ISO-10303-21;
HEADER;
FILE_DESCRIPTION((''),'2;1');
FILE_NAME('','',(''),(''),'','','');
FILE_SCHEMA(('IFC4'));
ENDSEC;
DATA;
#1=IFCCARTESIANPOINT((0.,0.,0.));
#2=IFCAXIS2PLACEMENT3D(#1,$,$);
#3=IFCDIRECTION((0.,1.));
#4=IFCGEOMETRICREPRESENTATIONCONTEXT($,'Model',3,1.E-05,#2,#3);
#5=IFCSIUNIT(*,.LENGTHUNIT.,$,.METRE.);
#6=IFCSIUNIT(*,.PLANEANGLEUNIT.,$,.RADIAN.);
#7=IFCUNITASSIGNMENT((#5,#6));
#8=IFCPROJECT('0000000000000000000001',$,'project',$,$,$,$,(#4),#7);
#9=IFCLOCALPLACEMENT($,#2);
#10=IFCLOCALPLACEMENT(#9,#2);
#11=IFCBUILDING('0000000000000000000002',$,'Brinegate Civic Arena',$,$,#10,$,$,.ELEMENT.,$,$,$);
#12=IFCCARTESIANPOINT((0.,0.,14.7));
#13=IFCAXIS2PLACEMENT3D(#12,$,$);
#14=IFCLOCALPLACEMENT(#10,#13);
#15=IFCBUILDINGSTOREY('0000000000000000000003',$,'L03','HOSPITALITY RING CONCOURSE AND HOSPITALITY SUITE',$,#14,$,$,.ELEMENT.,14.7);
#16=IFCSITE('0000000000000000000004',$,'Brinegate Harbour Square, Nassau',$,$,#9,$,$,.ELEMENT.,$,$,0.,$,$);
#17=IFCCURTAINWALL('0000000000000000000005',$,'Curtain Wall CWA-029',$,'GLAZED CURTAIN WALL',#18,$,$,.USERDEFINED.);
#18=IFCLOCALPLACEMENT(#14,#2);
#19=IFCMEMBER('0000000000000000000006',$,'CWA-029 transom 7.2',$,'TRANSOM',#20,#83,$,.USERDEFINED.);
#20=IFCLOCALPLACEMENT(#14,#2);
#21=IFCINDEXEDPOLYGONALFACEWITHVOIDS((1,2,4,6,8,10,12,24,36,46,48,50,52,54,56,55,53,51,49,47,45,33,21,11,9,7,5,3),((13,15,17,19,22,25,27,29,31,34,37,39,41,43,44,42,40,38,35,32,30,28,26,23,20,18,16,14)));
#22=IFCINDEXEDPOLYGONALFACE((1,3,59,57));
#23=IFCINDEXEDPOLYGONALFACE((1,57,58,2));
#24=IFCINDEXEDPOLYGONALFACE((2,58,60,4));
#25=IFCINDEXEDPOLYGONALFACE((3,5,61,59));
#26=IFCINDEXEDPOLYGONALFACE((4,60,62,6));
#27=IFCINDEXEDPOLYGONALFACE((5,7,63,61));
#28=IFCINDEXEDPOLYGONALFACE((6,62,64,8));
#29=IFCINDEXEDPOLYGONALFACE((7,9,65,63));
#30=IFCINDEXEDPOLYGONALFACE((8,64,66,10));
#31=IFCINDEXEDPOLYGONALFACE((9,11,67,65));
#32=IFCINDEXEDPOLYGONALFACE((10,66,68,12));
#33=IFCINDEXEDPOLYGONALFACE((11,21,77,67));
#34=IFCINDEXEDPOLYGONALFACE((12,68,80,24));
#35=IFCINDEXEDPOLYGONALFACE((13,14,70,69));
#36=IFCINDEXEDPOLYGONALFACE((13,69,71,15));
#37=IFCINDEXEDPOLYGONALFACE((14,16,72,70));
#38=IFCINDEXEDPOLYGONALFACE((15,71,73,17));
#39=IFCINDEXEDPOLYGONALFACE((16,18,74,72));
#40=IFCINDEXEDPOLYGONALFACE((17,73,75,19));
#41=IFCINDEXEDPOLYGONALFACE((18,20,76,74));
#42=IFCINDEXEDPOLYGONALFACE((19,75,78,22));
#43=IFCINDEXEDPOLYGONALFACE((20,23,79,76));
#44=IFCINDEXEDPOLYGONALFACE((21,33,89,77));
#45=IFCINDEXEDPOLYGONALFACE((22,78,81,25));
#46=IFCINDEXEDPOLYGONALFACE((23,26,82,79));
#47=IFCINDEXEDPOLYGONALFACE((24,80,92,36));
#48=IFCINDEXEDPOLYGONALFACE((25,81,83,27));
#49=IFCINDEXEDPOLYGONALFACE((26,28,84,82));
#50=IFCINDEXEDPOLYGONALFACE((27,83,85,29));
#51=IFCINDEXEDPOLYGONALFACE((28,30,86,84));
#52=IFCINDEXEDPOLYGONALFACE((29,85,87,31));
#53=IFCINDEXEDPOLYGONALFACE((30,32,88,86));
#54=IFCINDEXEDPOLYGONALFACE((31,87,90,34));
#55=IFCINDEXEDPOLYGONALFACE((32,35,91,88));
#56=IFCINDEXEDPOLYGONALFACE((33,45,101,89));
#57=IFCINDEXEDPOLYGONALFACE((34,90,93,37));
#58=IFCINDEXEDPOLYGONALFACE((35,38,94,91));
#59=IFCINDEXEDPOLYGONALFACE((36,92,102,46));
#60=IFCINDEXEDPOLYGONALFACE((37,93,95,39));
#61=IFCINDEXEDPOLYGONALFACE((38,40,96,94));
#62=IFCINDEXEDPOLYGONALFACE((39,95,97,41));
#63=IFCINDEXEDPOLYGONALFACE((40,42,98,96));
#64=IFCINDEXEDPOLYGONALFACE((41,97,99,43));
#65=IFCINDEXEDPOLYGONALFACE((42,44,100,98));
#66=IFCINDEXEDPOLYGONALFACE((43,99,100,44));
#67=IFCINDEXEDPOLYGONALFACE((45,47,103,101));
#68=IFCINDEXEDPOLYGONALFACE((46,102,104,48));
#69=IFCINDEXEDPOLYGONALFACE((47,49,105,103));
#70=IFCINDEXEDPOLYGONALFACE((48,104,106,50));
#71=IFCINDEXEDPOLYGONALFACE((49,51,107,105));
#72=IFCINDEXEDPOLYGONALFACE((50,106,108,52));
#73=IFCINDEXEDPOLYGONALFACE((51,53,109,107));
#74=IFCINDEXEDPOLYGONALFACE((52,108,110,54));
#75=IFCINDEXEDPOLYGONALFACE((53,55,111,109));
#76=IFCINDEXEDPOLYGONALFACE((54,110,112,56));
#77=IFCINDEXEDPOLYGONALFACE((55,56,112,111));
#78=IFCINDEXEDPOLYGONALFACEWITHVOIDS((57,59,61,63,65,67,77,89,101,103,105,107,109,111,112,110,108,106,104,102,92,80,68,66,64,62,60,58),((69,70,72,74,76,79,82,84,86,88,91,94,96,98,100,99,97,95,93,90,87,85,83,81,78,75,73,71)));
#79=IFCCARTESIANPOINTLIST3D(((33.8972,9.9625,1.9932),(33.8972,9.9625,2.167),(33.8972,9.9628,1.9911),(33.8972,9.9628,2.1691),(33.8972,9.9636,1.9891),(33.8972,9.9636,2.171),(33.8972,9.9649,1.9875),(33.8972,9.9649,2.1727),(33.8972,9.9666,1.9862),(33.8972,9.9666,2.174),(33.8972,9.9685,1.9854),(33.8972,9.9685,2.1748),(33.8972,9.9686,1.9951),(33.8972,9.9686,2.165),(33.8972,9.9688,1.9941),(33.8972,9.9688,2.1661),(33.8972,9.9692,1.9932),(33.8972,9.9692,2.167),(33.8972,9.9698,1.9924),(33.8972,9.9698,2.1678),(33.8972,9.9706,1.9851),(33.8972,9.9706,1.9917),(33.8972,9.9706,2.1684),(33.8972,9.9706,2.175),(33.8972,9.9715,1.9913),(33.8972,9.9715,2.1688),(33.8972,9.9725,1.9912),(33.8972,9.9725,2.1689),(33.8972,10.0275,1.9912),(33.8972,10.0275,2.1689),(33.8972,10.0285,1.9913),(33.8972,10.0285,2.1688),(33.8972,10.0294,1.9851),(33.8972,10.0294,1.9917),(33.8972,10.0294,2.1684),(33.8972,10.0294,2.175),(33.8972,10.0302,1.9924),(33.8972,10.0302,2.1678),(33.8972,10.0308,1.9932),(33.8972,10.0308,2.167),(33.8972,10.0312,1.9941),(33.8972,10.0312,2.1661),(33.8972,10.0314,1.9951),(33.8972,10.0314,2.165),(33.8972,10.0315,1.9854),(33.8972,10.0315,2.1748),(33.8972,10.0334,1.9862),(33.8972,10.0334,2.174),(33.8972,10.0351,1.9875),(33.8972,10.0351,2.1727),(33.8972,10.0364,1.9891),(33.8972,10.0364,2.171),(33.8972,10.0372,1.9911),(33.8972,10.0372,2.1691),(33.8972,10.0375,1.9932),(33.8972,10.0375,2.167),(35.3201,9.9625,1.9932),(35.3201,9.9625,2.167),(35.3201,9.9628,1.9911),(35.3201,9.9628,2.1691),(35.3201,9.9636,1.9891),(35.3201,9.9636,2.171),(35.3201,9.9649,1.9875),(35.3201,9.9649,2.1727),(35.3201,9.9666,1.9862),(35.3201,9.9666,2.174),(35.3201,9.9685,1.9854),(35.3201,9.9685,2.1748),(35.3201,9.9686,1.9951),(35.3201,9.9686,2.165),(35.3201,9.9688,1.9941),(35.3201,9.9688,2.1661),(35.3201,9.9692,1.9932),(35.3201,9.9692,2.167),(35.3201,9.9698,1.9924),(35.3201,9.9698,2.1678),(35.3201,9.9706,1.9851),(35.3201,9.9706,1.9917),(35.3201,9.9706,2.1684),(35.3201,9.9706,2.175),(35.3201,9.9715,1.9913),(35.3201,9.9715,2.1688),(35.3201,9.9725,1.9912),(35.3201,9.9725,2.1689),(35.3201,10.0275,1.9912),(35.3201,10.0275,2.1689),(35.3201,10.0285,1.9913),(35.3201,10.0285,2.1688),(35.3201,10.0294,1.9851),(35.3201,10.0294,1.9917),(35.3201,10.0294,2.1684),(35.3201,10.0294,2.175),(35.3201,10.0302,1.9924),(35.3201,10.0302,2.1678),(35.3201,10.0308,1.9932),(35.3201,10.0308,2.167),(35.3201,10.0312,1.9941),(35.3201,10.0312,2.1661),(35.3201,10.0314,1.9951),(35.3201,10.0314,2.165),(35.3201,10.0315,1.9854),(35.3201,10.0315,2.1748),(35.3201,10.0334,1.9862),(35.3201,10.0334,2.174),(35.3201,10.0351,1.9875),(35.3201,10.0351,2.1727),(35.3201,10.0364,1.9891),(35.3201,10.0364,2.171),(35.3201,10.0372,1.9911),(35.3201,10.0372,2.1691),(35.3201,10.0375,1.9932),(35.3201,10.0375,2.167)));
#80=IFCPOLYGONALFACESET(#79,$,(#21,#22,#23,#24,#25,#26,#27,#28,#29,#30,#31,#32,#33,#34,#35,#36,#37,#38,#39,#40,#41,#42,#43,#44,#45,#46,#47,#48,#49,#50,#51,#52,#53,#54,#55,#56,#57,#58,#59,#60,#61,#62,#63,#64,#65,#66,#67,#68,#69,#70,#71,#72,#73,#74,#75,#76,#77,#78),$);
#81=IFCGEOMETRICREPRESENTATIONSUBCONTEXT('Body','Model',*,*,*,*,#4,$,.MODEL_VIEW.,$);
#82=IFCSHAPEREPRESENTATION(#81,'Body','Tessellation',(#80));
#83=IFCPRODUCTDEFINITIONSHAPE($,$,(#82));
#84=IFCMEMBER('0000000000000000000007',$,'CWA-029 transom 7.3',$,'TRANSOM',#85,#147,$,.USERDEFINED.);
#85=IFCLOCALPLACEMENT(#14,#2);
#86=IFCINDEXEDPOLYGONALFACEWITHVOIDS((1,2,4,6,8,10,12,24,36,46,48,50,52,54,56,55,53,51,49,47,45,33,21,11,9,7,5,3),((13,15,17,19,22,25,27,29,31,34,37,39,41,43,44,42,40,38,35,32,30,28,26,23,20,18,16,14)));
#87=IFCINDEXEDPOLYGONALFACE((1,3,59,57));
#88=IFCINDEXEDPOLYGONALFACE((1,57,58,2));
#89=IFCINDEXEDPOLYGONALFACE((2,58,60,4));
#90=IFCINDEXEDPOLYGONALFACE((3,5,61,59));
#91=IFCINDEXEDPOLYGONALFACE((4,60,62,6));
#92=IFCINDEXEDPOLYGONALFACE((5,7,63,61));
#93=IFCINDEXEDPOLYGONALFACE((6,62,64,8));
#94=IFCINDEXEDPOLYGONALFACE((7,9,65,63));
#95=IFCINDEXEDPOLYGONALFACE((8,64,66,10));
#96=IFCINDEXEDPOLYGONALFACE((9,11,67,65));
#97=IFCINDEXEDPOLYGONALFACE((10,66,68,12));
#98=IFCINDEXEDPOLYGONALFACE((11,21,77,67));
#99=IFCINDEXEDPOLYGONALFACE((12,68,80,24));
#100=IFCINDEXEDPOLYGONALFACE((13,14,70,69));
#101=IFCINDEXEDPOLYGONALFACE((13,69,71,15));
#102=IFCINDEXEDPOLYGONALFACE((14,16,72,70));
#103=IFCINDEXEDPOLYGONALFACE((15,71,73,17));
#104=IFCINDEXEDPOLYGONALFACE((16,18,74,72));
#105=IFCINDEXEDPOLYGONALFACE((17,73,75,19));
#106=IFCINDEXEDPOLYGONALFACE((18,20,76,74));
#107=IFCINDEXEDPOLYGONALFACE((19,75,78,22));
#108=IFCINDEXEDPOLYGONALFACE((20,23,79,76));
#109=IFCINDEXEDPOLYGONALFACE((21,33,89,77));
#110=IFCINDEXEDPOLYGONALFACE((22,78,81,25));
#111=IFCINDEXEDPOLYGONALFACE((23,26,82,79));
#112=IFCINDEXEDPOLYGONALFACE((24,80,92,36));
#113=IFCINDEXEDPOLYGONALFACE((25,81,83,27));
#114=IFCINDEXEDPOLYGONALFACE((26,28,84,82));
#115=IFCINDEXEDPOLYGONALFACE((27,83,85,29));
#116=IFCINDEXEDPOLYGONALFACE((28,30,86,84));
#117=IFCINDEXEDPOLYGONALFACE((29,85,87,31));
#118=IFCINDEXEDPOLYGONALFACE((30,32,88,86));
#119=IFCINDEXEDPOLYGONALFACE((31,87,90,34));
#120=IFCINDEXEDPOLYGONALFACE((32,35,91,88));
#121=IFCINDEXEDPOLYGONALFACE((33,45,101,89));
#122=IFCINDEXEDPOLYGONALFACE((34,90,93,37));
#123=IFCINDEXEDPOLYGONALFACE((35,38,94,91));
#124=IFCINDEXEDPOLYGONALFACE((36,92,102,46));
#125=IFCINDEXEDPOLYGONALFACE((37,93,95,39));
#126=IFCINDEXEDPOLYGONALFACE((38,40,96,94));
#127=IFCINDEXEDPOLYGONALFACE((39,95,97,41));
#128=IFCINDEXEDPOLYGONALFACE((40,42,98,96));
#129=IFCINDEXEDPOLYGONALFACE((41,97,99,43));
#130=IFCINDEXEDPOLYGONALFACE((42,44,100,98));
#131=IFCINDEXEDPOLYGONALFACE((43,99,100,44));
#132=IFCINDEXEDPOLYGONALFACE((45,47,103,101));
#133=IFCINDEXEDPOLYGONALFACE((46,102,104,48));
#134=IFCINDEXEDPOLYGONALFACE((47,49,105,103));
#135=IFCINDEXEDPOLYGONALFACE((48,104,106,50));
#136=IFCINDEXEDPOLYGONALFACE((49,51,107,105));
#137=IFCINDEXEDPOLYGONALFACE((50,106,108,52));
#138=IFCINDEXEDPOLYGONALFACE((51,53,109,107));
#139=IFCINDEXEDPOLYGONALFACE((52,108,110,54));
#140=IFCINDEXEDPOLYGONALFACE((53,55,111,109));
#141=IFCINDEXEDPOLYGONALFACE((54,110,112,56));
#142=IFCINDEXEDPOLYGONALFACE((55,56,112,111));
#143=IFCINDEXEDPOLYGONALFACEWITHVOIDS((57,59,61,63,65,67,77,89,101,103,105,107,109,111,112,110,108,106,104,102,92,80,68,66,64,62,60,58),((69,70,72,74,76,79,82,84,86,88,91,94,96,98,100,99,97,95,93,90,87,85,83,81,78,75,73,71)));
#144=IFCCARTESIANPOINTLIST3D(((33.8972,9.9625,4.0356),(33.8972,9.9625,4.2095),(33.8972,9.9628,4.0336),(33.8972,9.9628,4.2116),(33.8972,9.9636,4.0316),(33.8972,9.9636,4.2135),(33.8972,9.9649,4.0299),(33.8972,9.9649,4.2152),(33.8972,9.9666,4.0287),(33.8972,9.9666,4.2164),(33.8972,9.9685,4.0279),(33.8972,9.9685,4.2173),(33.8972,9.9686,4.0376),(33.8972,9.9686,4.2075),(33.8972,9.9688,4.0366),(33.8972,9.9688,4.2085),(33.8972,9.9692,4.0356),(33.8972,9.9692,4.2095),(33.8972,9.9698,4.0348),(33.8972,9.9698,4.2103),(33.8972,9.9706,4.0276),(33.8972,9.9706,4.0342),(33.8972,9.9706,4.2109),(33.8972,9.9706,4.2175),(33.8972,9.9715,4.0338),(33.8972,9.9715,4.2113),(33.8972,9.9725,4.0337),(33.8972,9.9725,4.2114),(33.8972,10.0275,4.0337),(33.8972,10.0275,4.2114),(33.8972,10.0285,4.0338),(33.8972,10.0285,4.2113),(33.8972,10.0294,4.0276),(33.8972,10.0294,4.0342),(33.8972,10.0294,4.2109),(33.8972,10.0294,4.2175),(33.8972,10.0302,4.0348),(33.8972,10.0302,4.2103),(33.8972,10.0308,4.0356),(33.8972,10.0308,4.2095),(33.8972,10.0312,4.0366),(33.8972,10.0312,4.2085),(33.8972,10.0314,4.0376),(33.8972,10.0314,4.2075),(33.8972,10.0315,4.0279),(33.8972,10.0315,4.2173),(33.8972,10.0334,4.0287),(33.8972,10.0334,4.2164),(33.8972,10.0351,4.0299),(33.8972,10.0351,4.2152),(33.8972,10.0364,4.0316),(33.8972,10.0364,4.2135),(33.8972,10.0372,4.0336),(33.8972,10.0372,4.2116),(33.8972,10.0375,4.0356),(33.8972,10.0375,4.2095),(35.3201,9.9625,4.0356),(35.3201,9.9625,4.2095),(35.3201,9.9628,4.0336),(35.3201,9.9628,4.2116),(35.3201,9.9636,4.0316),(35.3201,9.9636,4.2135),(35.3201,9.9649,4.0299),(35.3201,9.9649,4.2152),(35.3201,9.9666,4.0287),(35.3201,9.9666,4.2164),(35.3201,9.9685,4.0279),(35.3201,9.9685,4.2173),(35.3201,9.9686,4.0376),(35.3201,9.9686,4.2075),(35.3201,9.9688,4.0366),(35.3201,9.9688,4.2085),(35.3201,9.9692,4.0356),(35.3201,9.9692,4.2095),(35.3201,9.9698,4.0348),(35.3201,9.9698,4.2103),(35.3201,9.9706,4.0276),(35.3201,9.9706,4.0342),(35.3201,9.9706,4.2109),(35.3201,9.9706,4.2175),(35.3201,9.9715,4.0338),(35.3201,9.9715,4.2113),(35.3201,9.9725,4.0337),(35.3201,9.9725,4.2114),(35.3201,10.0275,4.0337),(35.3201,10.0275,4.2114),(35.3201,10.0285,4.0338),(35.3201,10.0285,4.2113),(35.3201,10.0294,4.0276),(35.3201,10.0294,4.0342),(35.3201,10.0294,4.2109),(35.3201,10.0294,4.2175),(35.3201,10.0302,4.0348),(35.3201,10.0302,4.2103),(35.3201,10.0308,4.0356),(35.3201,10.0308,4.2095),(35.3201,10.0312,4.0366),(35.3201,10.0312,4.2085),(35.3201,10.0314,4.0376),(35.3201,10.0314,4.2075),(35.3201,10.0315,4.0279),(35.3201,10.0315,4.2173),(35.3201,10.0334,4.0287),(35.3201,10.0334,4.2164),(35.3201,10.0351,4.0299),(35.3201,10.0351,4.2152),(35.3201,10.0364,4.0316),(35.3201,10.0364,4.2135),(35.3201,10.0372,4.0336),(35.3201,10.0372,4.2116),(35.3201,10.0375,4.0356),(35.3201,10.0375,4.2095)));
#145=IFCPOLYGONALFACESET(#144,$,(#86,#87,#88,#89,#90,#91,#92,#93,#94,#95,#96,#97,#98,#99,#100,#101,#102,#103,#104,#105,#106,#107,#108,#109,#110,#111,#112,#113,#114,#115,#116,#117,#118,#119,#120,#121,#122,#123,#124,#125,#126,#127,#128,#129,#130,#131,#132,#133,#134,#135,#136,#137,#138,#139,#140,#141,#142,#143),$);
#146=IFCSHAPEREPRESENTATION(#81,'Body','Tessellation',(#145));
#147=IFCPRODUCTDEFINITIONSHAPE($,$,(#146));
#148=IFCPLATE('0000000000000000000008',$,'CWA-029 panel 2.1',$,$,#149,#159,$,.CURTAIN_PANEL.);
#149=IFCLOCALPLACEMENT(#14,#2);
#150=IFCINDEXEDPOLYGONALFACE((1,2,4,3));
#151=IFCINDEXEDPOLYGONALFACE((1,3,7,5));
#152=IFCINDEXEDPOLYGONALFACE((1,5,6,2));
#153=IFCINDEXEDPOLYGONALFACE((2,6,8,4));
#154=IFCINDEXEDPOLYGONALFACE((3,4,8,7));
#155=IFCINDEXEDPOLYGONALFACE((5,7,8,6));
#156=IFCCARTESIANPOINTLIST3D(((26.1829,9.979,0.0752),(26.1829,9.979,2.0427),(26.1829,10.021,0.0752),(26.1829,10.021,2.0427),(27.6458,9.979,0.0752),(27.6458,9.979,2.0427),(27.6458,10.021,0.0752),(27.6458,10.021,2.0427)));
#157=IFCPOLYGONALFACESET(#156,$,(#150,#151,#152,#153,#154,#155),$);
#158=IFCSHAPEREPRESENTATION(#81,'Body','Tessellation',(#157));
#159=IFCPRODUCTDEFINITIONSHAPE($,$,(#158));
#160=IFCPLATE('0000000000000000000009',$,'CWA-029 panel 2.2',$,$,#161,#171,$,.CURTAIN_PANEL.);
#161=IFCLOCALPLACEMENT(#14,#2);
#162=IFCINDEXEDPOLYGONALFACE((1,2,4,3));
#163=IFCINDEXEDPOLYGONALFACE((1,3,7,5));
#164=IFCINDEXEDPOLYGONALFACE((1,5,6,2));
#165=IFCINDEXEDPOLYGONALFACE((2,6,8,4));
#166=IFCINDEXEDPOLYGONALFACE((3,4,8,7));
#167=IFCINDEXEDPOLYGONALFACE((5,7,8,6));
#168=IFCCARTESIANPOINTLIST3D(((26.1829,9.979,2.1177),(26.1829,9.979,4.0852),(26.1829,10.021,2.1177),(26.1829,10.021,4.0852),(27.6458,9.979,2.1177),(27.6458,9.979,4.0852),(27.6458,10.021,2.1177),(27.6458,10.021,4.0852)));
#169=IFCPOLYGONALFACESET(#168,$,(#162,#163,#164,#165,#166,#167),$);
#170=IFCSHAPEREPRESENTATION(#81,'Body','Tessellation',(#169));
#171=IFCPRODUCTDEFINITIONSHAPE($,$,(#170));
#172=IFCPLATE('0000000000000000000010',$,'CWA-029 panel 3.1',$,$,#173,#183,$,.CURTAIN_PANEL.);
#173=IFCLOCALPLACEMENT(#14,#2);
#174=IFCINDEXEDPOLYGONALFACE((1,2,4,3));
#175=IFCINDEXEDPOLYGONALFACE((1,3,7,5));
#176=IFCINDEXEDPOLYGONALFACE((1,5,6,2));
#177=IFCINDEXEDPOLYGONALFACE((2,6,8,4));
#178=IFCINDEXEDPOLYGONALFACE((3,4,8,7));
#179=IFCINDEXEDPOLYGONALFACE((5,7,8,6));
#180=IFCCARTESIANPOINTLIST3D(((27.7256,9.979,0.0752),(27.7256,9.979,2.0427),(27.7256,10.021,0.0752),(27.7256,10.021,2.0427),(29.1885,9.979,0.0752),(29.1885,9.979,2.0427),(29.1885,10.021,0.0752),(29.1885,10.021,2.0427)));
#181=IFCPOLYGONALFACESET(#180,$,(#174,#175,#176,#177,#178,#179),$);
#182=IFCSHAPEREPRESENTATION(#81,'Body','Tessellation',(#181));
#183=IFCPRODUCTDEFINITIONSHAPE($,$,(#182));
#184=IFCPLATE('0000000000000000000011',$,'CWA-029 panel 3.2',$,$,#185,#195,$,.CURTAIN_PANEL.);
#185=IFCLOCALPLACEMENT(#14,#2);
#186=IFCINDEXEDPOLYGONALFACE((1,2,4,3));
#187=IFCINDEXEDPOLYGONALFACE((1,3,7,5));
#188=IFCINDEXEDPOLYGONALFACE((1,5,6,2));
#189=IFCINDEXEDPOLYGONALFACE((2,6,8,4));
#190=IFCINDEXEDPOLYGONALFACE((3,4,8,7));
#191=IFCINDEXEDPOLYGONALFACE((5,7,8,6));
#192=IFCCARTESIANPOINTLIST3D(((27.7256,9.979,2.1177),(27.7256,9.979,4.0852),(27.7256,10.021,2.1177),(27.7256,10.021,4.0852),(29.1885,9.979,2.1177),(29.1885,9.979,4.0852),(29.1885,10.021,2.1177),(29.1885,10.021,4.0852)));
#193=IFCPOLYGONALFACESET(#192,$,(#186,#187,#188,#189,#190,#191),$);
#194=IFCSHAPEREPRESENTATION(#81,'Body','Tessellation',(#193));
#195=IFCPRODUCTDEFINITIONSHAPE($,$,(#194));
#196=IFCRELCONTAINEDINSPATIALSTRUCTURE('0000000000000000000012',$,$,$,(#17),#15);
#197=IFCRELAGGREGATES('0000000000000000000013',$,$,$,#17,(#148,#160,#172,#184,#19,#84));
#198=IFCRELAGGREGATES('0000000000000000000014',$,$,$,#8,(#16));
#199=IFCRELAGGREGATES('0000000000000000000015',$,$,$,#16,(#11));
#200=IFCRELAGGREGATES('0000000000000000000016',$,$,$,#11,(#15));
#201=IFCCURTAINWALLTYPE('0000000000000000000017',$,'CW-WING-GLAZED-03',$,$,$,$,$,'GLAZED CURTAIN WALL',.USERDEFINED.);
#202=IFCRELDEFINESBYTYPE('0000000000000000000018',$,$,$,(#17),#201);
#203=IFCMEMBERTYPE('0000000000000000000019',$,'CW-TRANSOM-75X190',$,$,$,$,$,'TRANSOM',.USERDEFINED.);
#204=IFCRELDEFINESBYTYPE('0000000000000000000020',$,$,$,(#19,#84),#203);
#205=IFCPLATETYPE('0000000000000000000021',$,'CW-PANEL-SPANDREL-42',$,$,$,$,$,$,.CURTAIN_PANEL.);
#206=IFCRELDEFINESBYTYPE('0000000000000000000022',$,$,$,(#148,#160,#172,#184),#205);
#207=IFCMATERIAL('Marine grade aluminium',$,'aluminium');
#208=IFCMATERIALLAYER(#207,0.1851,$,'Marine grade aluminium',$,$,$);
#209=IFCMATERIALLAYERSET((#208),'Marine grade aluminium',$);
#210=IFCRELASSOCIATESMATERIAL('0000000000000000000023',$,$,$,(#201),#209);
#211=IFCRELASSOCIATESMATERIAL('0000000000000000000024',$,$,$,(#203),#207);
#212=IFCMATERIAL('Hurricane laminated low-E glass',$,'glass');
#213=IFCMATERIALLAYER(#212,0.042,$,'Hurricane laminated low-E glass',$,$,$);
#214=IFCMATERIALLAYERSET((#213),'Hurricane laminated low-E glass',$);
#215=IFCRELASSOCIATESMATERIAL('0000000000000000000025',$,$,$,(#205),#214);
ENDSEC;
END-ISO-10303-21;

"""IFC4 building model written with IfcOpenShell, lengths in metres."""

from ifc_helpers import new_model, si_unit, direction, frame, origin, origin_2d, place, context, subcontext, project, spatial, rectangle, hollow_rectangle, extrude, material, layer, layer_set, material_profile, profile_set, type_object, element, aggregate, save


model = new_model("IFC4")

# Units and contexts
model_context = context("Model", 3, precision=1e-05, world=origin(), true_north=direction((0.0, 1.0)))
body_context = subcontext(model_context, "Body", "Model", "MODEL_VIEW")
ifc_project = project(units=[si_unit("LENGTHUNIT", "METRE"), si_unit("PLANEANGLEUNIT", "RADIAN")], contexts=[model_context])

# Site, building, storey
site_placement = place(None, origin())
site = spatial("IfcSite", under=ifc_project, at=site_placement, Name="Brinegate Harbour Square, Nassau", CompositionType="ELEMENT", RefElevation=0.0)
building_placement = place(site_placement, origin())
building = spatial("IfcBuilding", under=site, at=building_placement, Name="Brinegate Civic Arena", CompositionType="ELEMENT")
storey_placement = place(building_placement, frame((0.0, 0.0, 14.7)))
storey = spatial("IfcBuildingStorey", under=building, at=storey_placement, Name="L03", Description="HOSPITALITY RING CONCOURSE AND HOSPITALITY SUITE", CompositionType="ELEMENT", Elevation=14.7)

# Curtain wall, members, plates
ifc_material_1 = material(Name="Marine grade aluminium", Category="aluminium")
ifc_layer_1 = layer(ifc_material_1, 0.1851, Name="Marine grade aluminium")
ifc_layer_set_1 = layer_set([ifc_layer_1], Name="Marine grade aluminium")
curtain_wall_type = type_object("IfcCurtainWallType", Name="CW-WING-GLAZED-03", ElementType="GLAZED CURTAIN WALL", PredefinedType="USERDEFINED", material=ifc_layer_set_1)
curtain_wall_placement = place(storey_placement, origin())
curtain_wall = element("IfcCurtainWall", 1, at=curtain_wall_placement, inside=storey, type_object=curtain_wall_type, Name="Curtain Wall CWA-029", ObjectType="GLAZED CURTAIN WALL", PredefinedType="USERDEFINED")
ifc_material_profile_1 = material_profile(ifc_material_1, hollow_rectangle(XDim=0.075, YDim=0.1899, WallThickness=0.0061, InnerFilletRadius=0.0039, OuterFilletRadius=0.0081, at=origin_2d()), Name="TRN75X190")
ifc_profile_set_1 = profile_set([ifc_material_profile_1], Name="Marine grade aluminium")
member_type_1 = type_object("IfcMemberType", Name="CW-TRANSOM-75X190", ElementType="TRANSOM", PredefinedType="USERDEFINED", material=ifc_profile_set_1)
member_1_placement = place(storey_placement, frame((33.8972, 10.0, 2.0801), z_axis=(1.0, 0.0, 0.0), x_axis=(0.0, 1.0, 0.0)))
member_1 = element("IfcMember", 2, at=member_1_placement, type_object=member_type_1, Name="CWA-029 transom 7.2", ObjectType="TRANSOM", PredefinedType="USERDEFINED", context=body_context, shape_type="SweptSolid", body=[
    extrude(hollow_rectangle(XDim=0.075, YDim=0.1899, WallThickness=0.0061, InnerFilletRadius=0.0039, OuterFilletRadius=0.0081, at=origin_2d()), origin(), (0.0, 0.0, 1.0), 1.4229),
])
member_2_placement = place(storey_placement, frame((33.8972, 10.0, 4.1226), z_axis=(1.0, 0.0, 0.0), x_axis=(0.0, 1.0, 0.0)))
member_2 = element("IfcMember", 3, at=member_2_placement, type_object=member_type_1, Name="CWA-029 transom 7.3", ObjectType="TRANSOM", PredefinedType="USERDEFINED", context=body_context, shape_type="SweptSolid", body=[
    extrude(hollow_rectangle(XDim=0.075, YDim=0.1899, WallThickness=0.0061, InnerFilletRadius=0.0039, OuterFilletRadius=0.0081, at=origin_2d()), origin(), (0.0, 0.0, 1.0), 1.4229),
])
ifc_material_2 = material(Name="Hurricane laminated low-E glass", Category="glass")
ifc_layer_2 = layer(ifc_material_2, 0.042, Name="Hurricane laminated low-E glass")
ifc_layer_set_2 = layer_set([ifc_layer_2], Name="Hurricane laminated low-E glass")
plate_type = type_object("IfcPlateType", Name="CW-PANEL-SPANDREL-42", PredefinedType="CURTAIN_PANEL", material=ifc_layer_set_2)
plate_1_placement = place(storey_placement, frame((26.9143, 10.0, 0.0752), z_axis=(0.0, 0.0, 1.0), x_axis=(1.0, 0.0, 0.0)))
plate_1 = element("IfcPlate", 4, at=plate_1_placement, type_object=plate_type, Name="CWA-029 panel 2.1", PredefinedType="CURTAIN_PANEL", context=body_context, shape_type="SweptSolid", body=[
    extrude(rectangle(XDim=1.4629, YDim=0.042, at=origin_2d()), origin(), (0.0, 0.0, 1.0), 1.9675),
])
plate_2_placement = place(storey_placement, frame((26.9143, 10.0, 2.1177), z_axis=(0.0, 0.0, 1.0), x_axis=(1.0, 0.0, 0.0)))
plate_2 = element("IfcPlate", 5, at=plate_2_placement, type_object=plate_type, Name="CWA-029 panel 2.2", PredefinedType="CURTAIN_PANEL", context=body_context, shape_type="SweptSolid", body=[
    extrude(rectangle(XDim=1.4629, YDim=0.042, at=origin_2d()), origin(), (0.0, 0.0, 1.0), 1.9675),
])
plate_3_placement = place(storey_placement, frame((28.457, 10.0, 0.0752), z_axis=(0.0, 0.0, 1.0), x_axis=(1.0, 0.0, 0.0)))
plate_3 = element("IfcPlate", 6, at=plate_3_placement, type_object=plate_type, Name="CWA-029 panel 3.1", PredefinedType="CURTAIN_PANEL", context=body_context, shape_type="SweptSolid", body=[
    extrude(rectangle(XDim=1.4629, YDim=0.042, at=origin_2d()), origin(), (0.0, 0.0, 1.0), 1.9675),
])
plate_4_placement = place(storey_placement, frame((28.457, 10.0, 2.1177), z_axis=(0.0, 0.0, 1.0), x_axis=(1.0, 0.0, 0.0)))
plate_4 = element("IfcPlate", 7, at=plate_4_placement, type_object=plate_type, Name="CWA-029 panel 3.2", PredefinedType="CURTAIN_PANEL", context=body_context, shape_type="SweptSolid", body=[
    extrude(rectangle(XDim=1.4629, YDim=0.042, at=origin_2d()), origin(), (0.0, 0.0, 1.0), 1.9675),
])
aggregate(curtain_wall, [plate_1, plate_2, plate_3, plate_4, member_1, member_2])

save(model, "model.ifc")
